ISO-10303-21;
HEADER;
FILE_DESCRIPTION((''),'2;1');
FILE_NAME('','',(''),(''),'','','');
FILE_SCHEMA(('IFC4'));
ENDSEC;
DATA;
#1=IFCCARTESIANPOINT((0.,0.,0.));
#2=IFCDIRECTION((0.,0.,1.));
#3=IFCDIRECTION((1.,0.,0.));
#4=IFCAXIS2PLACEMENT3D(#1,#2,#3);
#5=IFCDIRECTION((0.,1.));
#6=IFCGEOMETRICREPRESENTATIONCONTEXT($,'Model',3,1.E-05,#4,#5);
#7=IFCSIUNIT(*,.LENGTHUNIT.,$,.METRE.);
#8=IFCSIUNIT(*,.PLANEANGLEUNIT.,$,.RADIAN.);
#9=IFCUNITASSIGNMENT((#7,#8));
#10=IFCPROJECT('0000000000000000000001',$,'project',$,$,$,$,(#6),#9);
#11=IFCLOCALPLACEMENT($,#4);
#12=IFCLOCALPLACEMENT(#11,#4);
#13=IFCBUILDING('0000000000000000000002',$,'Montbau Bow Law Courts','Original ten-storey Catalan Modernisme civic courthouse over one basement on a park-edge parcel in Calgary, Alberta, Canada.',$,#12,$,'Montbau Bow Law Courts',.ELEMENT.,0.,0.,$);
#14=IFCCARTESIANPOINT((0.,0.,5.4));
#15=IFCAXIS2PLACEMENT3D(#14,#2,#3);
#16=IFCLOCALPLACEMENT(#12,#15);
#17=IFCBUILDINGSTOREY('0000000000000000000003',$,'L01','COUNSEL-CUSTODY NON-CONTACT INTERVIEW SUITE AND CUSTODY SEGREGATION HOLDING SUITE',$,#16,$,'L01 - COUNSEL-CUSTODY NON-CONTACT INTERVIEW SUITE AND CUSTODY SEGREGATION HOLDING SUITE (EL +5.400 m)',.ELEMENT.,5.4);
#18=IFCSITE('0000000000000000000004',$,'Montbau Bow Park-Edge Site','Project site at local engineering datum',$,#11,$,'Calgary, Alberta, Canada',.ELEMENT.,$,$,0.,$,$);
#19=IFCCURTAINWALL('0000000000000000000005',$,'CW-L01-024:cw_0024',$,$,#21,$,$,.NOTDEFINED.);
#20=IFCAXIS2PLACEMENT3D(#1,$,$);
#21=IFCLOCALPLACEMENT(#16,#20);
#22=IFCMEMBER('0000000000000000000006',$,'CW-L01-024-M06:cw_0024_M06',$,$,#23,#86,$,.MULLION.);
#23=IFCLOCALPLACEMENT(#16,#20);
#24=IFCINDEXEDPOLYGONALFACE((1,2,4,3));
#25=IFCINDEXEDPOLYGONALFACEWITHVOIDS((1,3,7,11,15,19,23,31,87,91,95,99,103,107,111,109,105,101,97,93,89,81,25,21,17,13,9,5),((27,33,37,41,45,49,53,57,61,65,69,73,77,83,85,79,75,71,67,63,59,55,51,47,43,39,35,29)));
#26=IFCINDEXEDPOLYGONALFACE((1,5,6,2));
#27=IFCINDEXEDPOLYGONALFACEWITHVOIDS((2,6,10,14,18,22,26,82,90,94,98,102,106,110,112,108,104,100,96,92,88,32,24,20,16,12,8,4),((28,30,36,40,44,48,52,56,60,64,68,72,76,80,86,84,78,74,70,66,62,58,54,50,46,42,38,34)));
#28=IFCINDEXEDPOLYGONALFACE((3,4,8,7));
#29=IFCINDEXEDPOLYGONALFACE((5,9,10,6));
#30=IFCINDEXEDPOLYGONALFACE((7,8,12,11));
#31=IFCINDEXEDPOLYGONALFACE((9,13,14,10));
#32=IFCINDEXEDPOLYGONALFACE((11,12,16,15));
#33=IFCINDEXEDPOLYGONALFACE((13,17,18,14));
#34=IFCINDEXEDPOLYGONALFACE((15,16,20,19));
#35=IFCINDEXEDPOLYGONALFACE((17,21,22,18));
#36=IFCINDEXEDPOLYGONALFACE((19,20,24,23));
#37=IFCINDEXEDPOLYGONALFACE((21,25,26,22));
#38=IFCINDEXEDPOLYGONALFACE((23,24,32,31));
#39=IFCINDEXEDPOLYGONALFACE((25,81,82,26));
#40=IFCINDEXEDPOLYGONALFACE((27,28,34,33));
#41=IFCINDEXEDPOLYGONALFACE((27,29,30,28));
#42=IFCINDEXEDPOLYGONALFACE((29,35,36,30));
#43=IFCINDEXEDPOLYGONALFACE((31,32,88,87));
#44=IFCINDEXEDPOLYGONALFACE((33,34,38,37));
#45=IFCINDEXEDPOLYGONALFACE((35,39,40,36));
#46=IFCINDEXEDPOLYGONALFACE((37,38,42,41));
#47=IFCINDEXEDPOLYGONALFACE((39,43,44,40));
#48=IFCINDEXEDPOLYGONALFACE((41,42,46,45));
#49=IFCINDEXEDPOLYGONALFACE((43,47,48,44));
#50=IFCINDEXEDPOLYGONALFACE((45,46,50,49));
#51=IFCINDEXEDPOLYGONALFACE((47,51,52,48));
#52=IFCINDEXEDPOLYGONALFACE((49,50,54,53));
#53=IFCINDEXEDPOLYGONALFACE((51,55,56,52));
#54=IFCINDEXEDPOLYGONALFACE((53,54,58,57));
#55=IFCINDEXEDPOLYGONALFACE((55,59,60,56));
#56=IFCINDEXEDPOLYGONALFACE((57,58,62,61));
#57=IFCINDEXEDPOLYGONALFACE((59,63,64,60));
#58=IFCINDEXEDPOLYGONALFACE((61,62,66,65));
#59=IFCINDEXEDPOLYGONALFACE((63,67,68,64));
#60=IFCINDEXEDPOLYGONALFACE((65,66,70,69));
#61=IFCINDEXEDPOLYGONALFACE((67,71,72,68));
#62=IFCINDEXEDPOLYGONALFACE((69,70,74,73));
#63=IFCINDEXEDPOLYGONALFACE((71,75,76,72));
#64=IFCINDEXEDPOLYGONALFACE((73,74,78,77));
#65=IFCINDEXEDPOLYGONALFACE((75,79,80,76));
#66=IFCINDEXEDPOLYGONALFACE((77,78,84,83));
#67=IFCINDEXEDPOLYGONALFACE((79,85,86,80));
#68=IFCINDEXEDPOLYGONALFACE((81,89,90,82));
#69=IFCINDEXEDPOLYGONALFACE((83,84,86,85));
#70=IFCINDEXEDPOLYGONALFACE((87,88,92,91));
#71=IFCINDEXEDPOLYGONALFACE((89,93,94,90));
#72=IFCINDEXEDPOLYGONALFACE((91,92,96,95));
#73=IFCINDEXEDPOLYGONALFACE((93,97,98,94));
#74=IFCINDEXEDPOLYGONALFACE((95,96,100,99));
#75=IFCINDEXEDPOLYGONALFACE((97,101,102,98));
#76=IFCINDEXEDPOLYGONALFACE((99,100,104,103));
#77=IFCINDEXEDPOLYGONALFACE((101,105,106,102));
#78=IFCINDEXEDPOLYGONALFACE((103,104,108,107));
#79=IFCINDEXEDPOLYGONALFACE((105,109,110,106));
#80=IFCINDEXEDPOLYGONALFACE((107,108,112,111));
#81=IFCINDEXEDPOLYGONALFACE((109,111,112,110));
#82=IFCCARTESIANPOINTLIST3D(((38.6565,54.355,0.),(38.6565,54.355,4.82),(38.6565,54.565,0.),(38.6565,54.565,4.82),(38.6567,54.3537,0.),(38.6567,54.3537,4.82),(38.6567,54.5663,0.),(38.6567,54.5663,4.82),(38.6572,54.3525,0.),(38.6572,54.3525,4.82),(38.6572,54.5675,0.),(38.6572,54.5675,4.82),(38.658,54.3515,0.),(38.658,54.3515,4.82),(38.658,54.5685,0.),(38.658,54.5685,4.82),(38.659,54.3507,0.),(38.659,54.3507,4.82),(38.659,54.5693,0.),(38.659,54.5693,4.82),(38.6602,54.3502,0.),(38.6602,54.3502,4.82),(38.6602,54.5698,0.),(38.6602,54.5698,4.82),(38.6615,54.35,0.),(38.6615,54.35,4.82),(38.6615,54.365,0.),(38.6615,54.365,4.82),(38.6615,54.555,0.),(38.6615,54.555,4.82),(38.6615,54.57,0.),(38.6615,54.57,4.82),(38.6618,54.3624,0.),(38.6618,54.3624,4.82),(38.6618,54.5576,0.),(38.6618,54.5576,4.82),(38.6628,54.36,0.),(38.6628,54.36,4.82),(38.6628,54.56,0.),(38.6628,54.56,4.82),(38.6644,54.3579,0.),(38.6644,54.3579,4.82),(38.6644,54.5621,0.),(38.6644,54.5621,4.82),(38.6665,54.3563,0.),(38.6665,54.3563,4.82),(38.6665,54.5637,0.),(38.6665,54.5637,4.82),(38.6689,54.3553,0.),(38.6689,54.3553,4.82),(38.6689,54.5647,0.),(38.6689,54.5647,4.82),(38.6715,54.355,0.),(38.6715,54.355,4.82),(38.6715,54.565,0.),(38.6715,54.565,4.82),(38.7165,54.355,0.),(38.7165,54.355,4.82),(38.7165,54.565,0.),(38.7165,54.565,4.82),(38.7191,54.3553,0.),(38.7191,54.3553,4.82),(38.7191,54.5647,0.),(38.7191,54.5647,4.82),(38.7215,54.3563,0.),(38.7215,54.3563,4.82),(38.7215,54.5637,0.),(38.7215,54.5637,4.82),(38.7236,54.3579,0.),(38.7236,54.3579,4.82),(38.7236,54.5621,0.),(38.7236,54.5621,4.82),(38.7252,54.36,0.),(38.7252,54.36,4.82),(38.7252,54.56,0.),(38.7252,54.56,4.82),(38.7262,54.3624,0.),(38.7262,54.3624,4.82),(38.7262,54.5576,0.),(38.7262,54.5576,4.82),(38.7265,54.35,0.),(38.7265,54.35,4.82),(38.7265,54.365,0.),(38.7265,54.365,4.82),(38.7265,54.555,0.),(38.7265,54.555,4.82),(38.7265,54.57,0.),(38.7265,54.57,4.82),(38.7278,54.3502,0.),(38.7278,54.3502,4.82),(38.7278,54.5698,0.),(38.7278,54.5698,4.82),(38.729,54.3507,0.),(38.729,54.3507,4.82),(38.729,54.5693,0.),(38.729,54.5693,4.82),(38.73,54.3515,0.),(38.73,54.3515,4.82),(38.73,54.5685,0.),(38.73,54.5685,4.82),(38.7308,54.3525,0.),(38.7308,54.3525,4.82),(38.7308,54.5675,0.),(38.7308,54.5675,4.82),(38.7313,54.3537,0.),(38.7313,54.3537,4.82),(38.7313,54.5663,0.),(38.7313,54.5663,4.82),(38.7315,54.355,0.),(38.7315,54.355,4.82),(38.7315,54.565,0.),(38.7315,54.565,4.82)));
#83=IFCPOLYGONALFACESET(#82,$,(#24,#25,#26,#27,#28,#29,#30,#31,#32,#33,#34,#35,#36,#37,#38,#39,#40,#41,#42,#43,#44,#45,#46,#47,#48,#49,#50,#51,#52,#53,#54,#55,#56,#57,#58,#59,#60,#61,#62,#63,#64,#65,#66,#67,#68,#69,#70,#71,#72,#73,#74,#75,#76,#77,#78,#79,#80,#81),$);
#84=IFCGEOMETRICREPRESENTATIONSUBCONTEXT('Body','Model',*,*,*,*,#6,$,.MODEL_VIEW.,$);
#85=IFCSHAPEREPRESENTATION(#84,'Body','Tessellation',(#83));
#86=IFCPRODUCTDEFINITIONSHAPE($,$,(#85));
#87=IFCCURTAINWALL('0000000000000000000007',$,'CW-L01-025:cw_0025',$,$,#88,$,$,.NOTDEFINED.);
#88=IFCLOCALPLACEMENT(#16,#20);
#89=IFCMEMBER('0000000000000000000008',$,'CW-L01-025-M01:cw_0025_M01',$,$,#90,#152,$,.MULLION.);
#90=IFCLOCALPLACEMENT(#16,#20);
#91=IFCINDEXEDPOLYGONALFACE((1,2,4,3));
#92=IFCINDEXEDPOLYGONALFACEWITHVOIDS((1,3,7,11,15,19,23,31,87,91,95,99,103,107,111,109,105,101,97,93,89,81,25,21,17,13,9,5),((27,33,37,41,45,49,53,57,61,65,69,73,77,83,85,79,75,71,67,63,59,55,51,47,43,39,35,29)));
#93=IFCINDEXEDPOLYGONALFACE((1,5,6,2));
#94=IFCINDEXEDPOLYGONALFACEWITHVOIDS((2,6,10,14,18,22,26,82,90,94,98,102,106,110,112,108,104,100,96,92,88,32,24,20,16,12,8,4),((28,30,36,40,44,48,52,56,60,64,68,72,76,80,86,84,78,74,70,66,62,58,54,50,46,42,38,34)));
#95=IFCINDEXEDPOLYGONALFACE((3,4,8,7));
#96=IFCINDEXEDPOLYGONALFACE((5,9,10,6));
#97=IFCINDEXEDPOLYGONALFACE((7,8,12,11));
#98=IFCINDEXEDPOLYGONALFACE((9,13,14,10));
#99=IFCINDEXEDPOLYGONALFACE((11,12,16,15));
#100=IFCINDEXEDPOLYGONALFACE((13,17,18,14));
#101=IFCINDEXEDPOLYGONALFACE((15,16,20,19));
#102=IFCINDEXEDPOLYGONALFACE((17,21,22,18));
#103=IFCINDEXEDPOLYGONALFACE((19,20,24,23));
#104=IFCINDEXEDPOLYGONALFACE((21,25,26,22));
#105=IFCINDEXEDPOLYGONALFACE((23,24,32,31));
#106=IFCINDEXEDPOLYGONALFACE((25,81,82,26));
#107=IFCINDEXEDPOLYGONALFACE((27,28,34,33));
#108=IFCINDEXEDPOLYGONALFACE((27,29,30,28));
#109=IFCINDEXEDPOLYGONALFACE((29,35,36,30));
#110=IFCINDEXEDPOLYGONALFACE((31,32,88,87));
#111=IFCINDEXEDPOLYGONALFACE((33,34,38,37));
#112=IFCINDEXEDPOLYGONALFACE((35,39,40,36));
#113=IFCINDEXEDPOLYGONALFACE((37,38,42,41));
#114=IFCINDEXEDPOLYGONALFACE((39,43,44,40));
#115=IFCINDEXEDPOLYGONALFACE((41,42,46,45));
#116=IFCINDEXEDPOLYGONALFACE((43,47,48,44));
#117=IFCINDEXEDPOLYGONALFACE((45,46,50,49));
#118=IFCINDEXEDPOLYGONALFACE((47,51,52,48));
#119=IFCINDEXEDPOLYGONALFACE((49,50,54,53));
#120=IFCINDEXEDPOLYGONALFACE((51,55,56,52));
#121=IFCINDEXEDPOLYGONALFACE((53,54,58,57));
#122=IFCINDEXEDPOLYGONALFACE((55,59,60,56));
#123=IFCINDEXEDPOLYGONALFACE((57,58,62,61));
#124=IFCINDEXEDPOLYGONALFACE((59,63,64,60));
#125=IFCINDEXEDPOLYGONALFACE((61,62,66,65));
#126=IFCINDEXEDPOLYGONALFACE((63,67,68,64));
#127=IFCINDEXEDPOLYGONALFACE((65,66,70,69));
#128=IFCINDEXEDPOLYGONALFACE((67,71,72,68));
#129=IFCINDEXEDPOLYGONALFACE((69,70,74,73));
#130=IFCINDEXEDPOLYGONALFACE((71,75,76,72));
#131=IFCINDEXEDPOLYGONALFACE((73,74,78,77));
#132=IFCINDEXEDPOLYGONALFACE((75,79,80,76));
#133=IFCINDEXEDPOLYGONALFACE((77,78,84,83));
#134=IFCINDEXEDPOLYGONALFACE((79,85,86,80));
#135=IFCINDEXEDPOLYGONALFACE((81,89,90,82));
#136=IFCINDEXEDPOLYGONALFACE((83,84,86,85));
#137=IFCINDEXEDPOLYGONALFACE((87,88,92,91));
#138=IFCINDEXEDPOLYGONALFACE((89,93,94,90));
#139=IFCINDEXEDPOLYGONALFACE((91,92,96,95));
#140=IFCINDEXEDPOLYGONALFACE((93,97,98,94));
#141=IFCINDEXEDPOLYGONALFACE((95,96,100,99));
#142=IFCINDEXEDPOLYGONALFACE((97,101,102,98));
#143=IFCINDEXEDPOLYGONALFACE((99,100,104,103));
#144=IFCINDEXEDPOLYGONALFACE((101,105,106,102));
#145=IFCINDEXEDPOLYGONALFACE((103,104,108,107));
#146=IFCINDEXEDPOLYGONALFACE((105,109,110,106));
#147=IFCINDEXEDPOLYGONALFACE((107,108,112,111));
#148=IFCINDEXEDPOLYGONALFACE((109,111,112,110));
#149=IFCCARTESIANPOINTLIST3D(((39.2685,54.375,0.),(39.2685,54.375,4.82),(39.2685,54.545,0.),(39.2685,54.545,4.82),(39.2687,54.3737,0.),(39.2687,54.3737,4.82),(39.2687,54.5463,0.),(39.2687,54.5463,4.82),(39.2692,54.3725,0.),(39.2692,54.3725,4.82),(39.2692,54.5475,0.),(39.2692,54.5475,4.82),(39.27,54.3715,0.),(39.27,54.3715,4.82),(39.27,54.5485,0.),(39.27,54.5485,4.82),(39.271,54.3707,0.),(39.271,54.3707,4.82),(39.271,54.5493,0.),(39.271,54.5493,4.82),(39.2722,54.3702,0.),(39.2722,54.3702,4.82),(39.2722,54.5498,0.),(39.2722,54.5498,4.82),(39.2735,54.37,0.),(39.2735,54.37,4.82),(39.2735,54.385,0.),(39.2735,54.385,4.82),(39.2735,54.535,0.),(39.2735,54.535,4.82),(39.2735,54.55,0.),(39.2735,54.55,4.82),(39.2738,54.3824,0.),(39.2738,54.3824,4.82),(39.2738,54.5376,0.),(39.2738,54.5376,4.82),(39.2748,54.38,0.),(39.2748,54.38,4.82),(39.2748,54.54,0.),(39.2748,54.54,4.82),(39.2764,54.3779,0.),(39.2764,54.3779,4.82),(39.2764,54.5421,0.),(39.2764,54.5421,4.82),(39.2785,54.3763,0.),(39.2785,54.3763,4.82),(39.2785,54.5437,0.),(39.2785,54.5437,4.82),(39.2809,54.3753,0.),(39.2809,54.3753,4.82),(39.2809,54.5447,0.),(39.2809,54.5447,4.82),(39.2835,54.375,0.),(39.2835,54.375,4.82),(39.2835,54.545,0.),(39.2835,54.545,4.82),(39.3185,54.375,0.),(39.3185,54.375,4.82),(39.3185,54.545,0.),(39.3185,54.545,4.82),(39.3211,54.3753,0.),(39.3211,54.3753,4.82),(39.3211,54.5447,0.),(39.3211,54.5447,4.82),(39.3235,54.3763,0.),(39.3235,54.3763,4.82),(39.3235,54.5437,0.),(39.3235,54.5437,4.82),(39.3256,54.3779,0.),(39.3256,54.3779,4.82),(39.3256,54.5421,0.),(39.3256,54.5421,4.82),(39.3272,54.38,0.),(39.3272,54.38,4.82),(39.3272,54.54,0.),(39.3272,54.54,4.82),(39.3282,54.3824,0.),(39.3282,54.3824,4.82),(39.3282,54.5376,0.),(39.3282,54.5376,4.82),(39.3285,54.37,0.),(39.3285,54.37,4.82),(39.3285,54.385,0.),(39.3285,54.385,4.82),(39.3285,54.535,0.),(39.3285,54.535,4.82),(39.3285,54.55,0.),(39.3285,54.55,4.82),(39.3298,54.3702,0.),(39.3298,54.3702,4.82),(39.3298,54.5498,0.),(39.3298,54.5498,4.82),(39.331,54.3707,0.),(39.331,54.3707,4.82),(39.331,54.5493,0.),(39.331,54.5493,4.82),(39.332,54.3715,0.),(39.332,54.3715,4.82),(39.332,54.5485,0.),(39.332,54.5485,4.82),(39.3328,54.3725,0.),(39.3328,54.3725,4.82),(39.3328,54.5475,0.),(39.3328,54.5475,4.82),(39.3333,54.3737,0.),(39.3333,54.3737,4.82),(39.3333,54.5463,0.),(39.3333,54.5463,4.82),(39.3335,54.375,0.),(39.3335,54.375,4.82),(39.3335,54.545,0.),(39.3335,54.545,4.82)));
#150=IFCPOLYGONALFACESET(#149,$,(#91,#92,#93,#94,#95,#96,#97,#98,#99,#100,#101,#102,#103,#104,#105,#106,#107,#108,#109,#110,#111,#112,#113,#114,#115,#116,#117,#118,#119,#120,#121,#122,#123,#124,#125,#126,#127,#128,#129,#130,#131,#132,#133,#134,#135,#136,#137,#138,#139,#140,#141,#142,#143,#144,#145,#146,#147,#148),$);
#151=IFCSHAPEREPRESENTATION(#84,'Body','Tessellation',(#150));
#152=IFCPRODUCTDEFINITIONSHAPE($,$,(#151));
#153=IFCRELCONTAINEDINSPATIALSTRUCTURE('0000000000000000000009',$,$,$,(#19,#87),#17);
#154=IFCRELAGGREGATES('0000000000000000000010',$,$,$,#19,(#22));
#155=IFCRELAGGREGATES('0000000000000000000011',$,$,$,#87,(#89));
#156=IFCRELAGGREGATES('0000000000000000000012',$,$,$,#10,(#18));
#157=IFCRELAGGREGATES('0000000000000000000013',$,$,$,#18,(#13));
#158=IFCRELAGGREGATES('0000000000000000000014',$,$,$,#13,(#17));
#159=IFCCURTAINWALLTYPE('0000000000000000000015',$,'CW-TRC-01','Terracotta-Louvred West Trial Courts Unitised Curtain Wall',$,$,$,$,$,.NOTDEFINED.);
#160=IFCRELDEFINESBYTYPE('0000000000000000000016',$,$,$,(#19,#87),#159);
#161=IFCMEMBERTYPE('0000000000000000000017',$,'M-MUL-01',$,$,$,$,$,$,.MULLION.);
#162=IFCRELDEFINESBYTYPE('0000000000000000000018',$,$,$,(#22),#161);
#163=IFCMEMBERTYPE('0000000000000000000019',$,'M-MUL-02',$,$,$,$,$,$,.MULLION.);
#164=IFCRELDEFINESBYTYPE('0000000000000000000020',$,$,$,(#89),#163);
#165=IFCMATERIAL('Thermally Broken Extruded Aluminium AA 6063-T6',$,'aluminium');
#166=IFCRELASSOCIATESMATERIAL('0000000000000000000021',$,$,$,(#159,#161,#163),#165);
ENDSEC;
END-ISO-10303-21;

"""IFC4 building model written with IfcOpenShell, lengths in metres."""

from ifc_helpers import new_model, si_unit, direction, frame, origin_with_axes, origin_2d_with_axis, place, context, subcontext, project, spatial, hollow_rectangle, extrude, material, material_profile, profile_set, type_object, element, aggregate, save


model = new_model("IFC4")

# Units and contexts
model_context = context("Model", 3, precision=1e-05, world=origin_with_axes(), true_north=direction((0.0, 1.0)))
body_context = subcontext(model_context, "Body", "Model", "MODEL_VIEW")
ifc_project = project(units=[si_unit("LENGTHUNIT", "METRE"), si_unit("PLANEANGLEUNIT", "RADIAN")], contexts=[model_context])

# Site, building, storey
site_placement = place(None, origin_with_axes())
site = spatial("IfcSite", under=ifc_project, at=site_placement, Name="Montbau Bow Park-Edge Site", Description="Project site at local engineering datum", LongName="Calgary, Alberta, Canada", CompositionType="ELEMENT", RefElevation=0.0)
building_placement = place(site_placement, origin_with_axes())
building = spatial("IfcBuilding", under=site, at=building_placement, Name="Montbau Bow Law Courts", Description="Original ten-storey Catalan Modernisme civic courthouse over one basement on a park-edge parcel in Calgary, Alberta, Canada.", LongName="Montbau Bow Law Courts", CompositionType="ELEMENT", ElevationOfRefHeight=0.0, ElevationOfTerrain=0.0)
storey_placement = place(building_placement, frame((0.0, 0.0, 5.4), z_axis=(0.0, 0.0, 1.0), x_axis=(1.0, 0.0, 0.0)))
storey = spatial("IfcBuildingStorey", under=building, at=storey_placement, Name="L01", Description="COUNSEL-CUSTODY NON-CONTACT INTERVIEW SUITE AND CUSTODY SEGREGATION HOLDING SUITE", LongName="L01 - COUNSEL-CUSTODY NON-CONTACT INTERVIEW SUITE AND CUSTODY SEGREGATION HOLDING SUITE (EL +5.400 m)", CompositionType="ELEMENT", Elevation=5.4)

# Curtain walls, members
ifc_material_1 = material(Name="Thermally Broken Extruded Aluminium AA 6063-T6", Category="aluminium")
curtain_wall_type = type_object("IfcCurtainWallType", Name="CW-TRC-01", Description="Terracotta-Louvred West Trial Courts Unitised Curtain Wall", PredefinedType="NOTDEFINED", material=ifc_material_1)
curtain_wall_1_placement = place(None, frame((30.867, 54.46, 5.4), z_axis=(0.0, 0.0, 1.0), x_axis=(1.0, 0.0, 0.0)))
curtain_wall_1 = element("IfcCurtainWall", 1, at=curtain_wall_1_placement, inside=storey, type_object=curtain_wall_type, Name="CW-L01-024:cw_0024", PredefinedType="NOTDEFINED")
ifc_material_profile_1 = material_profile(ifc_material_1, hollow_rectangle(XDim=0.075, YDim=0.22, WallThickness=0.005, InnerFilletRadius=0.01, OuterFilletRadius=0.005, at=origin_2d_with_axis()), Name="CWM-220X75", Category="Main", Priority=0)
ifc_profile_set_1 = profile_set([ifc_material_profile_1], Name="Thermally Broken Extruded Aluminium AA 6063-T6")
member_type_1 = type_object("IfcMemberType", Name="M-MUL-01", PredefinedType="MULLION", material=ifc_profile_set_1)
member_1_placement = place(None, frame((38.694, 54.46, 5.4), z_axis=(0.0, 0.0, 1.0), x_axis=(1.0, 0.0, 0.0)))
member_1 = element("IfcMember", 2, at=member_1_placement, type_object=member_type_1, Name="CW-L01-024-M06:cw_0024_M06", PredefinedType="MULLION", context=body_context, shape_type="SweptSolid", body=[
    extrude(hollow_rectangle(XDim=0.075, YDim=0.22, WallThickness=0.005, InnerFilletRadius=0.01, OuterFilletRadius=0.005, at=origin_2d_with_axis()), origin_with_axes(), (0.0, 0.0, 1.0), 4.82),
])
curtain_wall_2_placement = place(None, frame((39.268, 54.46, 5.4), z_axis=(0.0, 0.0, 1.0), x_axis=(1.0, 0.0, 0.0)))
curtain_wall_2 = element("IfcCurtainWall", 3, at=curtain_wall_2_placement, inside=storey, type_object=curtain_wall_type, Name="CW-L01-025:cw_0025", PredefinedType="NOTDEFINED")
ifc_material_profile_2 = material_profile(ifc_material_1, hollow_rectangle(XDim=0.065, YDim=0.18, WallThickness=0.005, InnerFilletRadius=0.01, OuterFilletRadius=0.005, at=origin_2d_with_axis()), Name="CWM-180X65", Category="Main", Priority=0)
ifc_profile_set_2 = profile_set([ifc_material_profile_2], Name="Thermally Broken Extruded Aluminium AA 6063-T6")
member_type_2 = type_object("IfcMemberType", Name="M-MUL-02", PredefinedType="MULLION", material=ifc_profile_set_2)
member_2_placement = place(None, frame((39.301, 54.46, 5.4), z_axis=(0.0, 0.0, 1.0), x_axis=(1.0, 0.0, 0.0)))
member_2 = element("IfcMember", 4, at=member_2_placement, type_object=member_type_2, Name="CW-L01-025-M01:cw_0025_M01", PredefinedType="MULLION", context=body_context, shape_type="SweptSolid", body=[
    extrude(hollow_rectangle(XDim=0.065, YDim=0.18, WallThickness=0.005, InnerFilletRadius=0.01, OuterFilletRadius=0.005, at=origin_2d_with_axis()), origin_with_axes(), (0.0, 0.0, 1.0), 4.82),
])

aggregate(curtain_wall_1, [member_1])
aggregate(curtain_wall_2, [member_2])

save(model, "model.ifc")
